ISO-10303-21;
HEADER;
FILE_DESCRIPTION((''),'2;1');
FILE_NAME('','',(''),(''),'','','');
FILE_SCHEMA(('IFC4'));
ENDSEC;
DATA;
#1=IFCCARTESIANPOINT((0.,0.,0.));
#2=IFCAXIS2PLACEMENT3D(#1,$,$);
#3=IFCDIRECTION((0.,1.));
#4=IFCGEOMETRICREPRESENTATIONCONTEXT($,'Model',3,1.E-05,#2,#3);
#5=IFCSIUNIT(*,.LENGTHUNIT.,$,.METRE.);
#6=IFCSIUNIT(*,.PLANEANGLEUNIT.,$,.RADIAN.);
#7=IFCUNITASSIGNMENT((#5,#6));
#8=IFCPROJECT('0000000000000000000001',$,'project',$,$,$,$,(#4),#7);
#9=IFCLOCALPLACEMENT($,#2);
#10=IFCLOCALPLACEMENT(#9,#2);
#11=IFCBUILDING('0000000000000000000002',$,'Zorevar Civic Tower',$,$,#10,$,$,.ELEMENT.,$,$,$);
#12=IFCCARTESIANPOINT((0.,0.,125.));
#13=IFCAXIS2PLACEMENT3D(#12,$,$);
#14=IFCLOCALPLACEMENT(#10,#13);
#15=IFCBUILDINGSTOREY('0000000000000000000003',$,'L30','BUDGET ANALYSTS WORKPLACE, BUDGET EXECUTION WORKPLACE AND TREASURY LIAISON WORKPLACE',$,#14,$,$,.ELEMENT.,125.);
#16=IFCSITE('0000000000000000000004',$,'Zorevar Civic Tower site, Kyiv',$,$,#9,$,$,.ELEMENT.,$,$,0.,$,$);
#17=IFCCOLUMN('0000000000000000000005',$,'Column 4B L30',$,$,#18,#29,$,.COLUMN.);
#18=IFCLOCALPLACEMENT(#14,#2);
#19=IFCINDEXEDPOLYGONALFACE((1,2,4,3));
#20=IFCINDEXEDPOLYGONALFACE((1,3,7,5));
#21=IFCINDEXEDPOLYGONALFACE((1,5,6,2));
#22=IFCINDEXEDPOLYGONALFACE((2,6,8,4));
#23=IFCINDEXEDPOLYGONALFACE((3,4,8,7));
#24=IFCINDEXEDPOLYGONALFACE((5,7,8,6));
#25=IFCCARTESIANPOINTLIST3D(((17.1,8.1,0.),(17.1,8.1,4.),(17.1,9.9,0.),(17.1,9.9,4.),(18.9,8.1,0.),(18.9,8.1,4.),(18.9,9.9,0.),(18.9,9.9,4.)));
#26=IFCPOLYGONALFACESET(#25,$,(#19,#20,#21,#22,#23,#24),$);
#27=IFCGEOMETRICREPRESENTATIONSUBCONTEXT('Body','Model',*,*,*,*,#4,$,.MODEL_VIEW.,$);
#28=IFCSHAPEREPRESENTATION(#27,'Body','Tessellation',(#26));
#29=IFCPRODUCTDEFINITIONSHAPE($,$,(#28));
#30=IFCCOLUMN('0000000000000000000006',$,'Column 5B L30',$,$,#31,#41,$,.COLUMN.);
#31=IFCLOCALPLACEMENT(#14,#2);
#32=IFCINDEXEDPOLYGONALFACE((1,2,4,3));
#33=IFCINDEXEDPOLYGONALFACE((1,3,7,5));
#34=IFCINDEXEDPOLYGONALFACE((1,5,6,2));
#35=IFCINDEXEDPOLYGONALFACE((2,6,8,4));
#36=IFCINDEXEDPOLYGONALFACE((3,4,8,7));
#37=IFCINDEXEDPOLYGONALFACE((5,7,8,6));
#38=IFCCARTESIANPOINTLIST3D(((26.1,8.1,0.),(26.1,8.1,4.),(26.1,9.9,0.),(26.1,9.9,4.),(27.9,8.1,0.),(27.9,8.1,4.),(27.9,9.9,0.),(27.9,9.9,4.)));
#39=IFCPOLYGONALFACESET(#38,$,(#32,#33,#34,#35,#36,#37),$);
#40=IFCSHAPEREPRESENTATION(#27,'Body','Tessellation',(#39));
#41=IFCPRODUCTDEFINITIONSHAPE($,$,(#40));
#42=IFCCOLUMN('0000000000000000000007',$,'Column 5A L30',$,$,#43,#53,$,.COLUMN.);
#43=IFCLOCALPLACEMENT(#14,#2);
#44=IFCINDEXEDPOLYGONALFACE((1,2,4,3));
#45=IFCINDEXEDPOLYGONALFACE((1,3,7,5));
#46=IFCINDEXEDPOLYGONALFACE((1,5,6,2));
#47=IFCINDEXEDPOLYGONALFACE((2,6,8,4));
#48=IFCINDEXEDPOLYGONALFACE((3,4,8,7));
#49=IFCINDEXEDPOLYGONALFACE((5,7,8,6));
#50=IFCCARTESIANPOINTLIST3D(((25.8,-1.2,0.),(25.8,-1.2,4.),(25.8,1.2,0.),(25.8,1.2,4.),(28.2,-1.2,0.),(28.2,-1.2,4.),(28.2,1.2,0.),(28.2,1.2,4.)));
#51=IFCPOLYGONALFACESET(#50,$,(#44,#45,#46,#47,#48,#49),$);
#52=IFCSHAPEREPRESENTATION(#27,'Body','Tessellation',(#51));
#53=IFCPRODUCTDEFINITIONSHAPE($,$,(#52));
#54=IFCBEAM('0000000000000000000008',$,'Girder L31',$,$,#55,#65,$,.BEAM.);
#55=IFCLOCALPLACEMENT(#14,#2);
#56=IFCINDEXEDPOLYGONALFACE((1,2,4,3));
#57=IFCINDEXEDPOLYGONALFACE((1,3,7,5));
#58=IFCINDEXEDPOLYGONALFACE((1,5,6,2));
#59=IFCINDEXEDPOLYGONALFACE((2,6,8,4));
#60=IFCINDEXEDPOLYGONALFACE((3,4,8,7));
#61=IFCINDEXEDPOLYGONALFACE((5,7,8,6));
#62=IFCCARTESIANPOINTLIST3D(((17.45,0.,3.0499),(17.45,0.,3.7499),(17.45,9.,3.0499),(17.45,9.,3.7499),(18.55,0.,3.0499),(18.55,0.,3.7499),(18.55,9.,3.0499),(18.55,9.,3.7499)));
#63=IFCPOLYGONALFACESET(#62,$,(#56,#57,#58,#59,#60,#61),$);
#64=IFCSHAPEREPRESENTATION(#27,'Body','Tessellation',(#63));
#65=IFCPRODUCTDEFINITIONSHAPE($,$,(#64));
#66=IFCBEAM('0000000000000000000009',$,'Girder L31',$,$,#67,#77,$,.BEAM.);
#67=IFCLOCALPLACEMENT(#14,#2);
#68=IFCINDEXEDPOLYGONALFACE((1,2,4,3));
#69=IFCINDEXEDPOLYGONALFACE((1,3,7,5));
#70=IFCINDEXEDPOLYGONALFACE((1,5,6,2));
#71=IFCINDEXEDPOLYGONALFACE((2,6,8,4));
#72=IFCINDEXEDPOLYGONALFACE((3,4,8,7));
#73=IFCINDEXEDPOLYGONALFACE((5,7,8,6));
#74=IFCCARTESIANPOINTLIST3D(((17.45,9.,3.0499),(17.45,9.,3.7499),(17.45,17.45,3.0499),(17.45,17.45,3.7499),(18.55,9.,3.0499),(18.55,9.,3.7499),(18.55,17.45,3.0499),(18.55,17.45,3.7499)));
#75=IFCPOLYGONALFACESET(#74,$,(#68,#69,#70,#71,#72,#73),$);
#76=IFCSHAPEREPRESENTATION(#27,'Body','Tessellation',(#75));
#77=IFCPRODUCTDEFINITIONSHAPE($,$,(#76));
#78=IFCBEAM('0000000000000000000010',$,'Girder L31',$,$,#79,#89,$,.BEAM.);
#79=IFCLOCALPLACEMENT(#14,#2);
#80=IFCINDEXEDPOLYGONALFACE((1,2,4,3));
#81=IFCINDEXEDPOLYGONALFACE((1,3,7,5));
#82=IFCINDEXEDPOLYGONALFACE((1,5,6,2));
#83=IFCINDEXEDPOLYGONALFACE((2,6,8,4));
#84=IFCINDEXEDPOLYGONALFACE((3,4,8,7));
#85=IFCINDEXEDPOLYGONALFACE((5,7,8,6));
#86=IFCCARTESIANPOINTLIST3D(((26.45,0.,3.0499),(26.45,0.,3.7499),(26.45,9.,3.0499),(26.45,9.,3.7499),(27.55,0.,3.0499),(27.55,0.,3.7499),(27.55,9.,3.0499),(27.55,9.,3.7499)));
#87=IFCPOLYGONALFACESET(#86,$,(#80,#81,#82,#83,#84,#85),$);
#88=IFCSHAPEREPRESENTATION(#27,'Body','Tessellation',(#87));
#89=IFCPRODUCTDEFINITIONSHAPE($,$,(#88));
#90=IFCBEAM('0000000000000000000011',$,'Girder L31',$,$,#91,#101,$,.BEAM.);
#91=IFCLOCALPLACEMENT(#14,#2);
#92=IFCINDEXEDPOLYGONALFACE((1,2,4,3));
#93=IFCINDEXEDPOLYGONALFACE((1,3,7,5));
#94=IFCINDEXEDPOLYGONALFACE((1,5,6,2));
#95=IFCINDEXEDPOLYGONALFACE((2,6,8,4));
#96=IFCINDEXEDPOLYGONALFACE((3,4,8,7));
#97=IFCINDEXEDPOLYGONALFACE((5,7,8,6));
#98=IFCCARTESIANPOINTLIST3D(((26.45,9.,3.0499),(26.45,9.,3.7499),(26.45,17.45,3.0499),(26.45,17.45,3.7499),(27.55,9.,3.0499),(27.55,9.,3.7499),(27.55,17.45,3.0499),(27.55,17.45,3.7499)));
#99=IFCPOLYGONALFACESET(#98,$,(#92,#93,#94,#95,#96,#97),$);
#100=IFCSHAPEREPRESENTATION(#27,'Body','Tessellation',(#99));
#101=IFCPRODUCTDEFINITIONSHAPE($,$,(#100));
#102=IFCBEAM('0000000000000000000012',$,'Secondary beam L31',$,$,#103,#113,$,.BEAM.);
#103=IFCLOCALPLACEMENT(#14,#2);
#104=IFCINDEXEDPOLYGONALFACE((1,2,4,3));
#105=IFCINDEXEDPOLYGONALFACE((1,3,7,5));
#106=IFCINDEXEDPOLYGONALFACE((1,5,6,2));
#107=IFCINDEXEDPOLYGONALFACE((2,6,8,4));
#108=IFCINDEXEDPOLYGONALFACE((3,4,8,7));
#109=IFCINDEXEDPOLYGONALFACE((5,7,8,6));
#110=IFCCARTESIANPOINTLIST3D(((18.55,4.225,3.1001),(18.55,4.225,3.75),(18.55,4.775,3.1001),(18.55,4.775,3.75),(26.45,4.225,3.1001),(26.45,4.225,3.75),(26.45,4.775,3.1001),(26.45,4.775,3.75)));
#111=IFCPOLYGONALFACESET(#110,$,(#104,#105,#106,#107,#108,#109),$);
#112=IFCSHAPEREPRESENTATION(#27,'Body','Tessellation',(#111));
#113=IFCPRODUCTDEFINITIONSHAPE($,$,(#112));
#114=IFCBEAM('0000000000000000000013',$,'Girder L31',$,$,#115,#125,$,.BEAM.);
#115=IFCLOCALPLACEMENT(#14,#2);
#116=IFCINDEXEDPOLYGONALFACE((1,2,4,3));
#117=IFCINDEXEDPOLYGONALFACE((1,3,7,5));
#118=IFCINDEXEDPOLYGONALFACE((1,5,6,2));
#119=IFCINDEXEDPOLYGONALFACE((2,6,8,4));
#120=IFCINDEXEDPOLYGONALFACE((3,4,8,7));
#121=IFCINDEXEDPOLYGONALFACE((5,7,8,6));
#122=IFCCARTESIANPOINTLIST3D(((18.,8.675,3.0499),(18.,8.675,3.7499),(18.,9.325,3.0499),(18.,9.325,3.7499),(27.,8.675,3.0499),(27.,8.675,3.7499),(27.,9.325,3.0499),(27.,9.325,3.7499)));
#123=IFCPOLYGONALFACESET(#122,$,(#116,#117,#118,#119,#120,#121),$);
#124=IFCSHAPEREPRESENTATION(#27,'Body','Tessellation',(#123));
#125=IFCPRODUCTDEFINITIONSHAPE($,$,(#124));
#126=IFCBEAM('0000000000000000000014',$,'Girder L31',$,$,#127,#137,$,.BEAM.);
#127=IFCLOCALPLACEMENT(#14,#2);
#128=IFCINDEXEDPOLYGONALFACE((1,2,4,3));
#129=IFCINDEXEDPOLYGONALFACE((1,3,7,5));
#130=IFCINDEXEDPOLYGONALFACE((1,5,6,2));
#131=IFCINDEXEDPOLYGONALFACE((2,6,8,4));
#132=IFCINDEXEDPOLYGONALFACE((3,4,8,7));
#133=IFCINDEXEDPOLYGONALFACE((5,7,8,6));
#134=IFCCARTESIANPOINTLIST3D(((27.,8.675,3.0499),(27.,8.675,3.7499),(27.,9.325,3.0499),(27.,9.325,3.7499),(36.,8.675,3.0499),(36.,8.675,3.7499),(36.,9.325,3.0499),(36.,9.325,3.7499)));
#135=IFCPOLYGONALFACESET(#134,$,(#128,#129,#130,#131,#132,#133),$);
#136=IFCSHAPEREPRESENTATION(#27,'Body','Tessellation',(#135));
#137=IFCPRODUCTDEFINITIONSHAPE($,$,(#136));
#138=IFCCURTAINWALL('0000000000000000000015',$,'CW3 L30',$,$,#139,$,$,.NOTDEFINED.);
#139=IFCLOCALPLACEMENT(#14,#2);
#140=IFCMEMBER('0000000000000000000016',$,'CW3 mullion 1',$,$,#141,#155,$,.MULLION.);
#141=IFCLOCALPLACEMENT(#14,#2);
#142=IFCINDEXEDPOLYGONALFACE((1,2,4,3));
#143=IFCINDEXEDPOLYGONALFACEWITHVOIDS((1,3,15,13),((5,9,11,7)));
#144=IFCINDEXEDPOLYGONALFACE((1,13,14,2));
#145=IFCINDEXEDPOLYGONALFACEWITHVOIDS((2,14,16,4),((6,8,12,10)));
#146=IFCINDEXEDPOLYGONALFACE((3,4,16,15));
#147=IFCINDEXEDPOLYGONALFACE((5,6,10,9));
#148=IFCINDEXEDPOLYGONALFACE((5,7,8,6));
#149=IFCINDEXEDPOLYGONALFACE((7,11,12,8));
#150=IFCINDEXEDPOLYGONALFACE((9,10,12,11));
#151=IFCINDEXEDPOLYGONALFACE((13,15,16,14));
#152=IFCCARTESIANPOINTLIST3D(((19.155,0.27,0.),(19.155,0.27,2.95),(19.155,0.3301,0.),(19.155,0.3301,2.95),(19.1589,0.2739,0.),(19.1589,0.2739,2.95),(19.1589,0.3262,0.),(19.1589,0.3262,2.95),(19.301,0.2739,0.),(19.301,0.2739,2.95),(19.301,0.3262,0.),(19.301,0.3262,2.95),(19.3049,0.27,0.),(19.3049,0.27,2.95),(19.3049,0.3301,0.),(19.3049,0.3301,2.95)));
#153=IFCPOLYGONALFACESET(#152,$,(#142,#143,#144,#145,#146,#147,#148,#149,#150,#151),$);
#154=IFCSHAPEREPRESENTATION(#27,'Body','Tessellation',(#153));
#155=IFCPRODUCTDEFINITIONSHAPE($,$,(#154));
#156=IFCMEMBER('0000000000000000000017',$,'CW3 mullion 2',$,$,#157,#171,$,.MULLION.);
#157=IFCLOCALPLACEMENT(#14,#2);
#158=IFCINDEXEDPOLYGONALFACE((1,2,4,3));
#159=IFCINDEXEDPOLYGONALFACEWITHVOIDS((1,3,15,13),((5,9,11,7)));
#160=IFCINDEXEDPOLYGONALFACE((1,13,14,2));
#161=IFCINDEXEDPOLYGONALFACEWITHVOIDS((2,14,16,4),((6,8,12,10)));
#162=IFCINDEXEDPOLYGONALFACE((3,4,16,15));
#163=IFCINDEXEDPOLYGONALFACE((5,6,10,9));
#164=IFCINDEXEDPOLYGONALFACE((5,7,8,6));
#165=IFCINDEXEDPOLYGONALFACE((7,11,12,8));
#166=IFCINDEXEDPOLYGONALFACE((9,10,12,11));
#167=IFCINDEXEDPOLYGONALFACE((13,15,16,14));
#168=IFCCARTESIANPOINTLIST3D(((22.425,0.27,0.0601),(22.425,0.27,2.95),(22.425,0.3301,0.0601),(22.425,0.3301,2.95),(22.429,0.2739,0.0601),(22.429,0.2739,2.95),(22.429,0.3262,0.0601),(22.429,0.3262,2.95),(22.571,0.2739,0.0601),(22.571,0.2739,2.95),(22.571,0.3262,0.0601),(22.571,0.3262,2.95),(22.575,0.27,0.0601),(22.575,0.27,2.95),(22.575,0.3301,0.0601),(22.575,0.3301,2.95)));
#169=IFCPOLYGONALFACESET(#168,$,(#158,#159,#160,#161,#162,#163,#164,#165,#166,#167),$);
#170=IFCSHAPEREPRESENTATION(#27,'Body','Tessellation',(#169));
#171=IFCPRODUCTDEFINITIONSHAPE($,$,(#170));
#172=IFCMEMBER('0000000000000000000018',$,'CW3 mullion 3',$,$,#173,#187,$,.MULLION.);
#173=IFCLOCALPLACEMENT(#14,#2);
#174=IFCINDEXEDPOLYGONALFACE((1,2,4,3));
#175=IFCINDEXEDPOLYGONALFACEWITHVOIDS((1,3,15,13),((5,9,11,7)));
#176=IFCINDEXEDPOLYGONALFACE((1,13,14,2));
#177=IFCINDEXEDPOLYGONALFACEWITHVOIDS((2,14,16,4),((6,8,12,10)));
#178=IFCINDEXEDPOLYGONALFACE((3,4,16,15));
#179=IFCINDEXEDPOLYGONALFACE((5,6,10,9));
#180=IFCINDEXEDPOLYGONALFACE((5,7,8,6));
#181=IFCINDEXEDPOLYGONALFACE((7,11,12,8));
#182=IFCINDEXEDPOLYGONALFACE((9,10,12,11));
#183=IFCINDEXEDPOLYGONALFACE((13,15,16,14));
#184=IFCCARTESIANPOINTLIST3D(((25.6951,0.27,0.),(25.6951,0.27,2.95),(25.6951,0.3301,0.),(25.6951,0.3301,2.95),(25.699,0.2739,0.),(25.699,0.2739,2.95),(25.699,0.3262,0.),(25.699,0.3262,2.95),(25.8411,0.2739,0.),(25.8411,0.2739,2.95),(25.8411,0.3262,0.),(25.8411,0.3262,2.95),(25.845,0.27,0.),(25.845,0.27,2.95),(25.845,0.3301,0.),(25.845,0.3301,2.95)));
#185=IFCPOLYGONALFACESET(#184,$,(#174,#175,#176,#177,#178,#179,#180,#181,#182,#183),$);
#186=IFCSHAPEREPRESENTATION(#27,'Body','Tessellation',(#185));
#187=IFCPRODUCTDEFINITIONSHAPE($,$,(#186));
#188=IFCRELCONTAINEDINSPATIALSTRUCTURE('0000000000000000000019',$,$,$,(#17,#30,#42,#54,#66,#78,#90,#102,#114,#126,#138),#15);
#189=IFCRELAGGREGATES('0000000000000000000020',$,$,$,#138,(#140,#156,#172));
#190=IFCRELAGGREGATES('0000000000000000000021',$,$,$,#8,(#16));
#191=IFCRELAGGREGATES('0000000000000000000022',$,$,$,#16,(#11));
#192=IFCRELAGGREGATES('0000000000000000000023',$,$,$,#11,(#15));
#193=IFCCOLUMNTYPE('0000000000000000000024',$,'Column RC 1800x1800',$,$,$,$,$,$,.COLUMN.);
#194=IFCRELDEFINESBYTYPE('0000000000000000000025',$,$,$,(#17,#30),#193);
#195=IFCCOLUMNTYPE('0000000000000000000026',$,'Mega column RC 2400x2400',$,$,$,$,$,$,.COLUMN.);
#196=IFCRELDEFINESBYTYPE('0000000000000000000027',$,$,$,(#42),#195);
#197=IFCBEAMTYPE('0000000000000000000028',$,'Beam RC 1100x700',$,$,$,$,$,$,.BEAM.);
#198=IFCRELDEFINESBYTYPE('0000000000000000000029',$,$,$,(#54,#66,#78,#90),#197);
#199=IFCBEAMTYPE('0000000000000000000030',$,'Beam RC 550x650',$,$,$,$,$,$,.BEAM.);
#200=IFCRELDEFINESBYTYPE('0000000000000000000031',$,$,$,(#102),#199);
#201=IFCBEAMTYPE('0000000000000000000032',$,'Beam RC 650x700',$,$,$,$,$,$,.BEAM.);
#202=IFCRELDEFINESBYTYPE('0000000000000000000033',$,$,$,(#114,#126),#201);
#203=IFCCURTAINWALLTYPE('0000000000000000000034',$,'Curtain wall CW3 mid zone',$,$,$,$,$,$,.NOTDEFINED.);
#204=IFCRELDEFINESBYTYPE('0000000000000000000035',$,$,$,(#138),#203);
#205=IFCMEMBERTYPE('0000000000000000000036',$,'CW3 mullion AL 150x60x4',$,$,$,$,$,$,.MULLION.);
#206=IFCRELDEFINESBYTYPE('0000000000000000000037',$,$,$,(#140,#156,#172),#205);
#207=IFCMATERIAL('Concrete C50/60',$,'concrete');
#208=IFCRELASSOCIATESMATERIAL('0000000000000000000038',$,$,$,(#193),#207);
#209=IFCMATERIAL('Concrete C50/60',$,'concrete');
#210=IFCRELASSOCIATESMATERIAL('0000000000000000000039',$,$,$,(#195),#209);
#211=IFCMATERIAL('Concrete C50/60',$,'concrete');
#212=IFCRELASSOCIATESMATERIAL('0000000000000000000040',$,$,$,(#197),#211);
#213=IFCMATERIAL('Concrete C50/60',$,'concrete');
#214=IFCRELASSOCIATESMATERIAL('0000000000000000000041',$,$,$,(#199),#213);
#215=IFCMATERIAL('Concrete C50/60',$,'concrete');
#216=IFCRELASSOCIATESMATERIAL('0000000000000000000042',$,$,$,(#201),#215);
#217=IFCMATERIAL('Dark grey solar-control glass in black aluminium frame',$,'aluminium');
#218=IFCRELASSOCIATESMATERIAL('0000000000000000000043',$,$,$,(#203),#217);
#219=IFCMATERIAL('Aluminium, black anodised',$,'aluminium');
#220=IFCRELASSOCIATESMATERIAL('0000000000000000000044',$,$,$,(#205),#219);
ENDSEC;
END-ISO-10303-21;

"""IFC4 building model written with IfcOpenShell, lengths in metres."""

from ifc_helpers import new_model, si_unit, direction, frame, origin, origin_2d, place, context, subcontext, project, spatial, rectangle, hollow_rectangle, extrude, material, material_profile, profile_set, type_object, element, aggregate, save


model = new_model("IFC4")

# Units and contexts
model_context = context("Model", 3, precision=1e-05, world=origin(), true_north=direction((0.0, 1.0)))
body_context = subcontext(model_context, "Body", "Model", "MODEL_VIEW")
ifc_project = project(units=[si_unit("LENGTHUNIT", "METRE"), si_unit("PLANEANGLEUNIT", "RADIAN")], contexts=[model_context])

# Site, building, storey
site_placement = place(None, origin())
site = spatial("IfcSite", under=ifc_project, at=site_placement, Name="Zorevar Civic Tower site, Kyiv", CompositionType="ELEMENT", RefElevation=0.0)
building_placement = place(site_placement, origin())
building = spatial("IfcBuilding", under=site, at=building_placement, Name="Zorevar Civic Tower", CompositionType="ELEMENT")
storey_placement = place(building_placement, frame((0.0, 0.0, 125.0)))
storey = spatial("IfcBuildingStorey", under=building, at=storey_placement, Name="L30", Description="BUDGET ANALYSTS WORKPLACE, BUDGET EXECUTION WORKPLACE AND TREASURY LIAISON WORKPLACE", CompositionType="ELEMENT", Elevation=125.0)

# Columns
ifc_material_1 = material(Name="Concrete C50/60", Category="concrete")
ifc_material_profile_1 = material_profile(ifc_material_1, rectangle(XDim=1.8, YDim=1.8, at=origin_2d()), Name="RC 1800x1800")
ifc_profile_set_1 = profile_set([ifc_material_profile_1], Name="Concrete C50/60")
column_type_1 = type_object("IfcColumnType", Name="Column RC 1800x1800", PredefinedType="COLUMN", material=ifc_profile_set_1)
for number, where, z_axis, x_axis, name in (
    (1, (18.0, 9.0, 0.0), (0.0, 0.0, 1.0), (1.0, 0.0, 0.0), "Column 4B L30"),
    (2, (27.0, 9.0, 0.0), (0.0, 0.0, 1.0), (1.0, 0.0, 0.0), "Column 5B L30"),
):
    element("IfcColumn", number, at=place(storey_placement, frame(where, z_axis=z_axis, x_axis=x_axis)), inside=storey, type_object=column_type_1, Name=name, PredefinedType="COLUMN", context=body_context, shape_type="SweptSolid", body=[
        extrude(rectangle(XDim=1.8, YDim=1.8, at=origin_2d()), origin(), (0.0, 0.0, 1.0), 4.0),
    ])
ifc_material_2 = material(Name="Concrete C50/60", Category="concrete")
ifc_material_profile_2 = material_profile(ifc_material_2, rectangle(XDim=2.3999, YDim=2.3999, at=origin_2d()), Name="RC 2400x2400")
ifc_profile_set_2 = profile_set([ifc_material_profile_2], Name="Concrete C50/60")
column_type_2 = type_object("IfcColumnType", Name="Mega column RC 2400x2400", PredefinedType="COLUMN", material=ifc_profile_set_2)
column_placement = place(storey_placement, frame((27.0, 0.0, 0.0), z_axis=(0.0, 0.0, 1.0), x_axis=(1.0, 0.0, 0.0)))
element("IfcColumn", 3, at=column_placement, inside=storey, type_object=column_type_2, Name="Column 5A L30", PredefinedType="COLUMN", context=body_context, shape_type="SweptSolid", body=[
    extrude(rectangle(XDim=2.3999, YDim=2.3999, at=origin_2d()), origin(), (0.0, 0.0, 1.0), 4.0),
])

# Beams
ifc_material_3 = material(Name="Concrete C50/60", Category="concrete")
ifc_material_profile_3 = material_profile(ifc_material_3, rectangle(XDim=1.1001, YDim=0.7, at=origin_2d()), Name="RC 1100x700")
ifc_profile_set_3 = profile_set([ifc_material_profile_3], Name="Concrete C50/60")
beam_type_1 = type_object("IfcBeamType", Name="Beam RC 1100x700", PredefinedType="BEAM", material=ifc_profile_set_3)
beam_1_placement = place(storey_placement, frame((18.0, 0.0, 3.3999), z_axis=(0.0, 1.0, 0.0), x_axis=(-1.0, 0.0, 0.0)))
element("IfcBeam", 4, at=beam_1_placement, inside=storey, type_object=beam_type_1, Name="Girder L31", PredefinedType="BEAM", context=body_context, shape_type="SweptSolid", body=[
    extrude(rectangle(XDim=1.1001, YDim=0.7, at=origin_2d()), origin(), (0.0, 0.0, 1.0), 9.0),
])
beam_2_placement = place(storey_placement, frame((18.0, 9.0, 3.3999), z_axis=(0.0, 1.0, 0.0), x_axis=(-1.0, 0.0, 0.0)))
element("IfcBeam", 5, at=beam_2_placement, inside=storey, type_object=beam_type_1, Name="Girder L31", PredefinedType="BEAM", context=body_context, shape_type="SweptSolid", body=[
    extrude(rectangle(XDim=1.1001, YDim=0.7, at=origin_2d()), origin(), (0.0, 0.0, 1.0), 8.45),
])
beam_3_placement = place(storey_placement, frame((27.0, 0.0, 3.3999), z_axis=(0.0, 1.0, 0.0), x_axis=(-1.0, 0.0, 0.0)))
element("IfcBeam", 6, at=beam_3_placement, inside=storey, type_object=beam_type_1, Name="Girder L31", PredefinedType="BEAM", context=body_context, shape_type="SweptSolid", body=[
    extrude(rectangle(XDim=1.1001, YDim=0.7, at=origin_2d()), origin(), (0.0, 0.0, 1.0), 9.0),
])
beam_4_placement = place(storey_placement, frame((27.0, 9.0, 3.3999), z_axis=(0.0, 1.0, 0.0), x_axis=(-1.0, 0.0, 0.0)))
element("IfcBeam", 7, at=beam_4_placement, inside=storey, type_object=beam_type_1, Name="Girder L31", PredefinedType="BEAM", context=body_context, shape_type="SweptSolid", body=[
    extrude(rectangle(XDim=1.1001, YDim=0.7, at=origin_2d()), origin(), (0.0, 0.0, 1.0), 8.45),
])
ifc_material_4 = material(Name="Concrete C50/60", Category="concrete")
ifc_material_profile_4 = material_profile(ifc_material_4, rectangle(XDim=0.55, YDim=0.6499, at=origin_2d()), Name="RC 550x650")
ifc_profile_set_4 = profile_set([ifc_material_profile_4], Name="Concrete C50/60")
beam_type_2 = type_object("IfcBeamType", Name="Beam RC 550x650", PredefinedType="BEAM", material=ifc_profile_set_4)
beam_5_placement = place(storey_placement, frame((18.55, 4.5, 3.425), z_axis=(1.0, 0.0, 0.0), x_axis=(0.0, 1.0, 0.0)))
element("IfcBeam", 8, at=beam_5_placement, inside=storey, type_object=beam_type_2, Name="Secondary beam L31", PredefinedType="BEAM", context=body_context, shape_type="SweptSolid", body=[
    extrude(rectangle(XDim=0.55, YDim=0.6499, at=origin_2d()), origin(), (0.0, 0.0, 1.0), 7.8999),
])
ifc_material_5 = material(Name="Concrete C50/60", Category="concrete")
ifc_material_profile_5 = material_profile(ifc_material_5, rectangle(XDim=0.6499, YDim=0.7, at=origin_2d()), Name="RC 650x700")
ifc_profile_set_5 = profile_set([ifc_material_profile_5], Name="Concrete C50/60")
beam_type_3 = type_object("IfcBeamType", Name="Beam RC 650x700", PredefinedType="BEAM", material=ifc_profile_set_5)
for number, where, z_axis, x_axis, name in (
    (9, (18.0, 9.0, 3.3999), (1.0, 0.0, 0.0), (0.0, 1.0, 0.0), "Girder L31"),
    (10, (27.0, 9.0, 3.3999), (1.0, 0.0, 0.0), (0.0, 1.0, 0.0), "Girder L31"),
):
    element("IfcBeam", number, at=place(storey_placement, frame(where, z_axis=z_axis, x_axis=x_axis)), inside=storey, type_object=beam_type_3, Name=name, PredefinedType="BEAM", context=body_context, shape_type="SweptSolid", body=[
        extrude(rectangle(XDim=0.6499, YDim=0.7, at=origin_2d()), origin(), (0.0, 0.0, 1.0), 9.0),
    ])

# Curtain wall, members
ifc_material_6 = material(Name="Dark grey solar-control glass in black aluminium frame", Category="aluminium")
curtain_wall_type = type_object("IfcCurtainWallType", Name="Curtain wall CW3 mid zone", PredefinedType="NOTDEFINED", material=ifc_material_6)
curtain_wall_placement = place(storey_placement, origin())
curtain_wall = element("IfcCurtainWall", 11, at=curtain_wall_placement, inside=storey, type_object=curtain_wall_type, Name="CW3 L30", PredefinedType="NOTDEFINED")
ifc_material_7 = material(Name="Aluminium, black anodised", Category="aluminium")
ifc_material_profile_6 = material_profile(ifc_material_7, hollow_rectangle(XDim=0.0601, YDim=0.1499, WallThickness=0.0039, at=origin_2d()), Name="AL 150x60x4")
ifc_profile_set_6 = profile_set([ifc_material_profile_6], Name="Aluminium, black anodised")
member_type_1 = type_object("IfcMemberType", Name="CW3 mullion AL 150x60x4", PredefinedType="MULLION", material=ifc_profile_set_6)
member_1_placement = place(storey_placement, frame((19.23, 0.3, 0.0), z_axis=(0.0, 0.0, 1.0), x_axis=(0.0, 1.0, 0.0)))
member_1 = element("IfcMember", 12, at=member_1_placement, type_object=member_type_1, Name="CW3 mullion 1", PredefinedType="MULLION", context=body_context, shape_type="SweptSolid", body=[
    extrude(hollow_rectangle(XDim=0.0601, YDim=0.1499, WallThickness=0.0039, at=origin_2d()), origin(), (0.0, 0.0, 1.0), 2.95),
])
member_2_placement = place(storey_placement, frame((22.5, 0.3, 0.0601), z_axis=(0.0, 0.0, 1.0), x_axis=(0.0, 1.0, 0.0)))
member_2 = element("IfcMember", 13, at=member_2_placement, type_object=member_type_1, Name="CW3 mullion 2", PredefinedType="MULLION", context=body_context, shape_type="SweptSolid", body=[
    extrude(hollow_rectangle(XDim=0.0601, YDim=0.1499, WallThickness=0.0039, at=origin_2d()), origin(), (0.0, 0.0, 1.0), 2.8899),
])
member_3_placement = place(storey_placement, frame((25.77, 0.3, 0.0), z_axis=(0.0, 0.0, 1.0), x_axis=(0.0, 1.0, 0.0)))
member_3 = element("IfcMember", 14, at=member_3_placement, type_object=member_type_1, Name="CW3 mullion 3", PredefinedType="MULLION", context=body_context, shape_type="SweptSolid", body=[
    extrude(hollow_rectangle(XDim=0.0601, YDim=0.1499, WallThickness=0.0039, at=origin_2d()), origin(), (0.0, 0.0, 1.0), 2.95),
])

aggregate(curtain_wall, [member_1, member_2, member_3])

save(model, "model.ifc")
